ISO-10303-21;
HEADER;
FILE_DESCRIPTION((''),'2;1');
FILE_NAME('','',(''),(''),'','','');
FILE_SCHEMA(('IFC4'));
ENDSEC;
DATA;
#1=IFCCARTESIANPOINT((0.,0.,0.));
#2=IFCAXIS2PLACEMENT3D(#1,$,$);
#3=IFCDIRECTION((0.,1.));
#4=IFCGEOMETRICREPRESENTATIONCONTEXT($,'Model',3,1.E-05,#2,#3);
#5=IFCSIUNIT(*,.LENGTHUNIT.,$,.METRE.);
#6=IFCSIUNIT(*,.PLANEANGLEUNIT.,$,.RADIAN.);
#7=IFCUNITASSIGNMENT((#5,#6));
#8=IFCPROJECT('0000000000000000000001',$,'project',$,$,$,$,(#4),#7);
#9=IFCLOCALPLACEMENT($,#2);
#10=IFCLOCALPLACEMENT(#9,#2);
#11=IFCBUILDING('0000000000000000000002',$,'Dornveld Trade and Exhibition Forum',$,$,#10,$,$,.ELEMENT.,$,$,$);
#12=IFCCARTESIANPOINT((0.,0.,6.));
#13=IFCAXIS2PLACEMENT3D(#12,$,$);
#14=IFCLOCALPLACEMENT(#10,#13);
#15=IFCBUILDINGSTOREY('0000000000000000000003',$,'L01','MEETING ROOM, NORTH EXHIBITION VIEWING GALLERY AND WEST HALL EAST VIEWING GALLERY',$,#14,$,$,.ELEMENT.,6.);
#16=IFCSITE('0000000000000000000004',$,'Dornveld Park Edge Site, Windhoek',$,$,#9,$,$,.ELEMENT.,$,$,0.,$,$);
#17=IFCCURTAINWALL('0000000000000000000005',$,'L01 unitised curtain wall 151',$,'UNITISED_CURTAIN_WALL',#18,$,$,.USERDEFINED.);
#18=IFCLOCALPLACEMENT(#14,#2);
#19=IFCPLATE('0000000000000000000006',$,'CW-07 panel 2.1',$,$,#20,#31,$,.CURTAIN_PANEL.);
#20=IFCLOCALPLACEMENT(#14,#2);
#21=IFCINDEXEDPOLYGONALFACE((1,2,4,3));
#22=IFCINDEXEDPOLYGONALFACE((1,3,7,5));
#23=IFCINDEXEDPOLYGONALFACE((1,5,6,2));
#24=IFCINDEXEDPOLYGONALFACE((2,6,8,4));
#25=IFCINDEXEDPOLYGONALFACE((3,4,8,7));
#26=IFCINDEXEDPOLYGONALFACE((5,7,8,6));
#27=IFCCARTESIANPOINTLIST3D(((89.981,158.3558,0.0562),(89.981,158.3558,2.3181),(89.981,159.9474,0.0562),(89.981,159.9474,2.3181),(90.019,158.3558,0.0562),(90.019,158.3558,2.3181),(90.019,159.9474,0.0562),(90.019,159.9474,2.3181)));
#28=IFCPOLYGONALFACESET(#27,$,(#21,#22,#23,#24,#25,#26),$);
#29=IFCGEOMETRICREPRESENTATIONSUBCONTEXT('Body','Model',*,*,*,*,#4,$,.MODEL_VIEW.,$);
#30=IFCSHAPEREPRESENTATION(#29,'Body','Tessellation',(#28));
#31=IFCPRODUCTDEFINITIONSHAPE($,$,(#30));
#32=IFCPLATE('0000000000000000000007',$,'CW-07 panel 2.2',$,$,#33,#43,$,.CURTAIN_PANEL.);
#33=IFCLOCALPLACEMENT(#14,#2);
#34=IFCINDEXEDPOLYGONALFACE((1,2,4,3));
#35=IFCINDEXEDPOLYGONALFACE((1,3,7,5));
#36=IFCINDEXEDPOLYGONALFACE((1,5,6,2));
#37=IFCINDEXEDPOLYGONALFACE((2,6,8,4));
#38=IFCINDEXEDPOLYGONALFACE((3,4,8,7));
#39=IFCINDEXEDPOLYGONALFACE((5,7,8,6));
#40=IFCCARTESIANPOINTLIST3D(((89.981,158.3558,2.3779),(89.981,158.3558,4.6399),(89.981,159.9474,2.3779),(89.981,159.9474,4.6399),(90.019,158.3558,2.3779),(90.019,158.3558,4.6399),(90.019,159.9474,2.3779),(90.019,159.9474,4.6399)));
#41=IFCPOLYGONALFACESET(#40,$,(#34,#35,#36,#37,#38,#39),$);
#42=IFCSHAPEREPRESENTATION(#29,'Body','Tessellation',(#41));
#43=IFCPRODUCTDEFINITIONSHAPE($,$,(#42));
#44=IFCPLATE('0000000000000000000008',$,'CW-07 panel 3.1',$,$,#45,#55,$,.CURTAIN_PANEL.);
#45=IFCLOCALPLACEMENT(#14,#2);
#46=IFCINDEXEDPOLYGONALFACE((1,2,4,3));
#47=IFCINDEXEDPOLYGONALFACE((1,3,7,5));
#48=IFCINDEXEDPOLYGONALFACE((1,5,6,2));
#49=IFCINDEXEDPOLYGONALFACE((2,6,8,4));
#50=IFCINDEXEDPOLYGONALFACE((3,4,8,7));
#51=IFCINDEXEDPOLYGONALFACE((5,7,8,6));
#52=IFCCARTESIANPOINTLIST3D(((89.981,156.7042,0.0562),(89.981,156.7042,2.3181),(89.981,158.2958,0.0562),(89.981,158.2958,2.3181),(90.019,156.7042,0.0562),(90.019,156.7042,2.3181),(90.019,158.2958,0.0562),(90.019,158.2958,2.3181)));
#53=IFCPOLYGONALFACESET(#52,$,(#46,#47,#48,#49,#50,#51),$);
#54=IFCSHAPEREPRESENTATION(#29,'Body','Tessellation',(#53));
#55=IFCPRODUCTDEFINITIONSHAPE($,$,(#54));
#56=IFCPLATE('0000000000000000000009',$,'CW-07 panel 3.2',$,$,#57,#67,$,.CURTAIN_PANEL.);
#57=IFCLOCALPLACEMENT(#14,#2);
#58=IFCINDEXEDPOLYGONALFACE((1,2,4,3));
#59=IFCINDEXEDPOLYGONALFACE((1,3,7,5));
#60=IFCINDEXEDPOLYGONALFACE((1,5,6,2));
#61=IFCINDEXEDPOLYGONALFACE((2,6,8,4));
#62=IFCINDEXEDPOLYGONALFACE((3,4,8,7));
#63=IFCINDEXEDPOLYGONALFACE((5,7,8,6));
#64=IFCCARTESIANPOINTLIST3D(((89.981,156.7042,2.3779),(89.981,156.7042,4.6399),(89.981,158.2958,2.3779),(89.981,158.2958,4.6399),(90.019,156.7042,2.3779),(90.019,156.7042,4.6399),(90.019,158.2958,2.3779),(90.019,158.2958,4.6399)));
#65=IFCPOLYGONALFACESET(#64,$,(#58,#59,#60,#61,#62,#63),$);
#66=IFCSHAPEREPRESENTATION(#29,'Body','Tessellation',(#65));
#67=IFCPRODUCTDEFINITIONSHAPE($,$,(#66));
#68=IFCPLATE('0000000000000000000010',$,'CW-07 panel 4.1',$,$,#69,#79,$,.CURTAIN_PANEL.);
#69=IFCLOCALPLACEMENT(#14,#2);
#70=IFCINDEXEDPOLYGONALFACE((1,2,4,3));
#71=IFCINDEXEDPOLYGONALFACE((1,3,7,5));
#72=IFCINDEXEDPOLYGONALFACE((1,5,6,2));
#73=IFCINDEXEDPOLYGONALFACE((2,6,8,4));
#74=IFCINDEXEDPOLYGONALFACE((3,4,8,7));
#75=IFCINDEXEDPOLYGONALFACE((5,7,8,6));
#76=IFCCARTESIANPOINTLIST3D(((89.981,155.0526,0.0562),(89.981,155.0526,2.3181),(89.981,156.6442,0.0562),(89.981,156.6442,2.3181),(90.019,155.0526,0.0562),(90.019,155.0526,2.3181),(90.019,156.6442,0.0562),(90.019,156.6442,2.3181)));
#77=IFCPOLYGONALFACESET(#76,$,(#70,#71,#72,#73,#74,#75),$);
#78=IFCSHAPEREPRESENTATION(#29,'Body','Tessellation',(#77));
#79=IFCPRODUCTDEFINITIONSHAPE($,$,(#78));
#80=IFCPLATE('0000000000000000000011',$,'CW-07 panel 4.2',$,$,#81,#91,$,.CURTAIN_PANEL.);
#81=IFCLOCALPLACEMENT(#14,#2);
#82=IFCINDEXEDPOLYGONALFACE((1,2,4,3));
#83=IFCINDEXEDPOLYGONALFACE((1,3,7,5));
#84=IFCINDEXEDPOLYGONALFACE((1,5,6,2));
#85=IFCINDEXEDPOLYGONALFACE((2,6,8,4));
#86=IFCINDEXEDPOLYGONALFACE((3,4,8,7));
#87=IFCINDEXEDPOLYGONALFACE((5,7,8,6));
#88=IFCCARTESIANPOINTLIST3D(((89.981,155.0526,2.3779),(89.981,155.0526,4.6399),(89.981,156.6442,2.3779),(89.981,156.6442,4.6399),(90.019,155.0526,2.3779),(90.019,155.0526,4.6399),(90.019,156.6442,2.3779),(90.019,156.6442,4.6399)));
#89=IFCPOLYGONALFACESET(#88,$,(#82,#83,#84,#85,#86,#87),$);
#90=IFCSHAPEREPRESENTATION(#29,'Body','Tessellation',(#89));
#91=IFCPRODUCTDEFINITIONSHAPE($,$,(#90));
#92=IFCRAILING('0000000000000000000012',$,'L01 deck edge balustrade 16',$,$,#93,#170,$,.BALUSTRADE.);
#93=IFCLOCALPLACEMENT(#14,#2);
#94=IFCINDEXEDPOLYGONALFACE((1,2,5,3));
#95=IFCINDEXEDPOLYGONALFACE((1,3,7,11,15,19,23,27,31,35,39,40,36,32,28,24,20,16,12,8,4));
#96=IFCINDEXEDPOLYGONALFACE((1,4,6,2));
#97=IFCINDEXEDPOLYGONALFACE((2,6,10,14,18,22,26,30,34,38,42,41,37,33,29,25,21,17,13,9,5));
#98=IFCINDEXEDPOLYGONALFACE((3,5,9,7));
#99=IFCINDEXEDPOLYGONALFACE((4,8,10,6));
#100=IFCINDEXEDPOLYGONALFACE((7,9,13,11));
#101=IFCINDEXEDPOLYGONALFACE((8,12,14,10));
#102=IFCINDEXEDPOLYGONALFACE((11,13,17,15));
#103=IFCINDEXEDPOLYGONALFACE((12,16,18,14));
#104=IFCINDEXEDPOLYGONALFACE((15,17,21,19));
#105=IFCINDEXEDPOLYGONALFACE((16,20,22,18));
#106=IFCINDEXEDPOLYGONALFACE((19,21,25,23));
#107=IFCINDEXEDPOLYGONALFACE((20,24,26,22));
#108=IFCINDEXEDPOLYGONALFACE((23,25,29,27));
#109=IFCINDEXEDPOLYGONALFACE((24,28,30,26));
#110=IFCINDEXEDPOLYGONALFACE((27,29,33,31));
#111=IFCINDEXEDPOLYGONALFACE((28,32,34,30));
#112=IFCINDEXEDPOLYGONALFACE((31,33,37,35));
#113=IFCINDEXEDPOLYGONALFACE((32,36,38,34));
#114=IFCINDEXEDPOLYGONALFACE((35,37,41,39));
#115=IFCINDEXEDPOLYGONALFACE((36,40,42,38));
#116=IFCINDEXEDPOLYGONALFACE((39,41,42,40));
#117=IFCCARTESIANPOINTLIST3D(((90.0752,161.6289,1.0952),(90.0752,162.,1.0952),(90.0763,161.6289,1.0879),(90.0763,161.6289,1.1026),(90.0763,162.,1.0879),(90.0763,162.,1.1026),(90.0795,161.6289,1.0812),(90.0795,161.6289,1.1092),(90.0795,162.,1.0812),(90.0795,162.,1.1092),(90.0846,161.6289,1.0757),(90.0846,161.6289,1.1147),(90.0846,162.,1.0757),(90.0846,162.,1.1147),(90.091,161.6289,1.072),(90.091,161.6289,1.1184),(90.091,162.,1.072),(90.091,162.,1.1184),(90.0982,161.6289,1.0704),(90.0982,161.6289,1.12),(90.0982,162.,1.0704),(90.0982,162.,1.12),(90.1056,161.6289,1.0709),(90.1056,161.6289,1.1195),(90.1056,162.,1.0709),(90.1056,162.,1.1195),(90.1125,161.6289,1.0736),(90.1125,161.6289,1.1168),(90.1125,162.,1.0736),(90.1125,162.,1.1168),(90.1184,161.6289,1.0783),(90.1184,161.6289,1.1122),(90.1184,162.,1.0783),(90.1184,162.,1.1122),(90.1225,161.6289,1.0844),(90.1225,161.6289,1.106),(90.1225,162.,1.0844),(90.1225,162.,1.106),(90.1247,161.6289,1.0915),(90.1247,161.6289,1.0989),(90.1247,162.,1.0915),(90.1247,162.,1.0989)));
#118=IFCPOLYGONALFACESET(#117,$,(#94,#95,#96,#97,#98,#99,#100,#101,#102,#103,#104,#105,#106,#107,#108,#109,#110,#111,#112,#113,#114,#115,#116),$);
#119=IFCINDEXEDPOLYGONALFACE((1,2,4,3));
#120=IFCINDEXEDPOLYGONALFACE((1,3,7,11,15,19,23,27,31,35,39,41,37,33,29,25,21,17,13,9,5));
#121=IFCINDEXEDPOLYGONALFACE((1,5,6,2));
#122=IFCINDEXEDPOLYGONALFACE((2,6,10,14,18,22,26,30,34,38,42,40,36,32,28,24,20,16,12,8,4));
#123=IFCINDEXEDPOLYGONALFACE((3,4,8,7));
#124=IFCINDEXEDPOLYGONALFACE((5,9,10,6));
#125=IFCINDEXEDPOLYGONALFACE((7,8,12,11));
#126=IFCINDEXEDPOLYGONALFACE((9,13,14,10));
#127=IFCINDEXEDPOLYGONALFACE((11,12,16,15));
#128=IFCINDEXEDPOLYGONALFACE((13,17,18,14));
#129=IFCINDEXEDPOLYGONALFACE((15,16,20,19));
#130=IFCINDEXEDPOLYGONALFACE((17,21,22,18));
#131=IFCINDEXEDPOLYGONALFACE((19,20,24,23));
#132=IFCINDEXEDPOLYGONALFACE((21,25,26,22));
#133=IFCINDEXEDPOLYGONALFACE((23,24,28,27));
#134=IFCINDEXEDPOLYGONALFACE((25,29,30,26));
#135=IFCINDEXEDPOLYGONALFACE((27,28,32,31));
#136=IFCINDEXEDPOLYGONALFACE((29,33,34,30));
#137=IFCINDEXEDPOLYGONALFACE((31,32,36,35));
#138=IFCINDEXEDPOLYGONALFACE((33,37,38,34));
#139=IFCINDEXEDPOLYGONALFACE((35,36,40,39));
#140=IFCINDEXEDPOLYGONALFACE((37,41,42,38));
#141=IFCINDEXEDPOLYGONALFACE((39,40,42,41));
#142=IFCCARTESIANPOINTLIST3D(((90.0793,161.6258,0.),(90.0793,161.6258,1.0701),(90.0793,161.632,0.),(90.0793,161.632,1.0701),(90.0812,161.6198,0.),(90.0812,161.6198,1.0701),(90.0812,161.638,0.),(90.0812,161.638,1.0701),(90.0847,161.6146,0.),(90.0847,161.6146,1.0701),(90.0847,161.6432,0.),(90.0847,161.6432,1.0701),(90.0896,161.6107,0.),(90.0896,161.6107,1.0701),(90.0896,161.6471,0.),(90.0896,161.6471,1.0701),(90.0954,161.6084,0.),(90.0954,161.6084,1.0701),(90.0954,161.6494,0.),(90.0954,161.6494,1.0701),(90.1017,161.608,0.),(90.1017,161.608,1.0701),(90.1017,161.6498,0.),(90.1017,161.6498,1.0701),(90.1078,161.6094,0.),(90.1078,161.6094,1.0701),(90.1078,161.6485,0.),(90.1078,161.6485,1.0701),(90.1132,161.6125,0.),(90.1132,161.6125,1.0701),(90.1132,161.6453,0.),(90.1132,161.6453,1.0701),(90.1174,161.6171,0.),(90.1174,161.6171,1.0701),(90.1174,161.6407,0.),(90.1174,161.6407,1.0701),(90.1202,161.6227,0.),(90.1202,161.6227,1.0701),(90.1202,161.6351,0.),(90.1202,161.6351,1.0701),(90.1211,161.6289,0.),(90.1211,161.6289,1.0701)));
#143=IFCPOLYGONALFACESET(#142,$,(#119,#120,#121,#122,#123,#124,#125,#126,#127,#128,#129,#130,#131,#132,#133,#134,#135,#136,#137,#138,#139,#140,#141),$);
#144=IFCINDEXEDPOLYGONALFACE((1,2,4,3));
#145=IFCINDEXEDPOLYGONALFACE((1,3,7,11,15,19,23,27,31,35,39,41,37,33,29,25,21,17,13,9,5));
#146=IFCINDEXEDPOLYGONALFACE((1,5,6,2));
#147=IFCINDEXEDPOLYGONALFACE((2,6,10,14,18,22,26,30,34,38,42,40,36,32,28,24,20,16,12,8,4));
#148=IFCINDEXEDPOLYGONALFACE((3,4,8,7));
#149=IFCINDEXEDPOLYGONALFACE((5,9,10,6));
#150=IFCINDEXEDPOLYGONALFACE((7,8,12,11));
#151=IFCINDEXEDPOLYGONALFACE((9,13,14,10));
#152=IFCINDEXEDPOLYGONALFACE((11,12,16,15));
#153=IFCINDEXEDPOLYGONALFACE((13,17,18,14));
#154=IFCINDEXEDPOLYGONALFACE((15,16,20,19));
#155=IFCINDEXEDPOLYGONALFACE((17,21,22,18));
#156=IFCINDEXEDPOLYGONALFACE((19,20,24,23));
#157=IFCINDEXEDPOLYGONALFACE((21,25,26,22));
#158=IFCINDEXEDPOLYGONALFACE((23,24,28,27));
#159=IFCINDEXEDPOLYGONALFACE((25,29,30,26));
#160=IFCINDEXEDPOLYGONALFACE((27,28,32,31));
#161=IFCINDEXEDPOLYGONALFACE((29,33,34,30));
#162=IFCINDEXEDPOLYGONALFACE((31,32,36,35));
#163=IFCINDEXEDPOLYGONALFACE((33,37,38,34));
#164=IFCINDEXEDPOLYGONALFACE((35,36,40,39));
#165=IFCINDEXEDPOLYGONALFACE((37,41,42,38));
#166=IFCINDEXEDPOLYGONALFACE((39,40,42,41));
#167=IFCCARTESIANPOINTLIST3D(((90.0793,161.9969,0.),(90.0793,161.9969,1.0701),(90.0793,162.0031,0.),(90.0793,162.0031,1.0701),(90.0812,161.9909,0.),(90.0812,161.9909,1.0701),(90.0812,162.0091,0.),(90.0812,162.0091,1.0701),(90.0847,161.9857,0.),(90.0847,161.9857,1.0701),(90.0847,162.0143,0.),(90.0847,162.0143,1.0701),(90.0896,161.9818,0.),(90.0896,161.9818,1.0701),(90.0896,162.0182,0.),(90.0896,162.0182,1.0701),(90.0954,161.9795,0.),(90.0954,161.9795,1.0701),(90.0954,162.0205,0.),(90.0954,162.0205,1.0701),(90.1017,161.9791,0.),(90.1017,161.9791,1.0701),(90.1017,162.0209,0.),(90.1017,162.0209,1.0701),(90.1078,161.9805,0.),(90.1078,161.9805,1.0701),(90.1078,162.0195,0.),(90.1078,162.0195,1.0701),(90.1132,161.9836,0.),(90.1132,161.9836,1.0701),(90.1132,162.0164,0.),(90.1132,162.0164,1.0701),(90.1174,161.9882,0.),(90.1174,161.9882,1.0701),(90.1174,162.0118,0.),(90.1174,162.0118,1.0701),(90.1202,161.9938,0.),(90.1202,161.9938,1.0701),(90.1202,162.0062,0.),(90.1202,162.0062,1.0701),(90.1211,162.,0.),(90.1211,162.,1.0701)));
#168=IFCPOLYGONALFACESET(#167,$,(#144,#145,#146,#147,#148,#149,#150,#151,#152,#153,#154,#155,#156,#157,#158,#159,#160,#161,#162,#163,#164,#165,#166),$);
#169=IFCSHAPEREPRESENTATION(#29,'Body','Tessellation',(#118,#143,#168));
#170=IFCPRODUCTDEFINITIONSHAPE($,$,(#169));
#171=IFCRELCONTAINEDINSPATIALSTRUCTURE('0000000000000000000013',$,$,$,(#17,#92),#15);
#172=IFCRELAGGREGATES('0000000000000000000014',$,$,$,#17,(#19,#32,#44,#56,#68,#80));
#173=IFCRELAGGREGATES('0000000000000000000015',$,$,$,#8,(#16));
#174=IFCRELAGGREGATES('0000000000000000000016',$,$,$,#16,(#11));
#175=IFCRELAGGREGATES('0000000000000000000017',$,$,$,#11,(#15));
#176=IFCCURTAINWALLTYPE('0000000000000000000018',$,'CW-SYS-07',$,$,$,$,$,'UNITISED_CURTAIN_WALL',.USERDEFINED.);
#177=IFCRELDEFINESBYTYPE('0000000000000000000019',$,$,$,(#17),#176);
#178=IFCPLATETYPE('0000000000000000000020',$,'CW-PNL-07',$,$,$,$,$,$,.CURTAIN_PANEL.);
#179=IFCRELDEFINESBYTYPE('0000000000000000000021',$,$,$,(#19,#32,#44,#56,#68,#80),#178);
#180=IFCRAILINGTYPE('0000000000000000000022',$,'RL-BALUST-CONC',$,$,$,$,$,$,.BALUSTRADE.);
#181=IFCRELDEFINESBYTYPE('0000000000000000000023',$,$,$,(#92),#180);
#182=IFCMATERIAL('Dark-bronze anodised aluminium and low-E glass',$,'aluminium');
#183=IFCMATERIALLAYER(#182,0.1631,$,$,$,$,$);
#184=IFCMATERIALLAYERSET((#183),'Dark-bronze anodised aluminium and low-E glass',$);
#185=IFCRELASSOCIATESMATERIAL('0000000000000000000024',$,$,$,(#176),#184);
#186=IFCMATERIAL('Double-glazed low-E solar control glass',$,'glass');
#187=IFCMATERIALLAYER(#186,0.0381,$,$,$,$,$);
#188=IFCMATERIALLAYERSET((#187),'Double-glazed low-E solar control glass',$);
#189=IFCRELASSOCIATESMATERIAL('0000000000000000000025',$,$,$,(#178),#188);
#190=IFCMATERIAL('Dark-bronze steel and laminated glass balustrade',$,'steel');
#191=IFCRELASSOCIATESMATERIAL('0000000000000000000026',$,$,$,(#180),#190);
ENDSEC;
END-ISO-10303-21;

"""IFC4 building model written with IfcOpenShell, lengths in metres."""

from ifc_helpers import new_model, si_unit, direction, frame, origin, origin_2d, place, context, subcontext, project, spatial, rectangle, circle, extrude, material, layer, layer_set, type_object, element, aggregate, save


model = new_model("IFC4")

# Units and contexts
model_context = context("Model", 3, precision=1e-05, world=origin(), true_north=direction((0.0, 1.0)))
body_context = subcontext(model_context, "Body", "Model", "MODEL_VIEW")
ifc_project = project(units=[si_unit("LENGTHUNIT", "METRE"), si_unit("PLANEANGLEUNIT", "RADIAN")], contexts=[model_context])

# Site, building, storey
site_placement = place(None, origin())
site = spatial("IfcSite", under=ifc_project, at=site_placement, Name="Dornveld Park Edge Site, Windhoek", CompositionType="ELEMENT", RefElevation=0.0)
building_placement = place(site_placement, origin())
building = spatial("IfcBuilding", under=site, at=building_placement, Name="Dornveld Trade and Exhibition Forum", CompositionType="ELEMENT")
storey_placement = place(building_placement, frame((0.0, 0.0, 6.0)))
storey = spatial("IfcBuildingStorey", under=building, at=storey_placement, Name="L01", Description="MEETING ROOM, NORTH EXHIBITION VIEWING GALLERY AND WEST HALL EAST VIEWING GALLERY", CompositionType="ELEMENT", Elevation=6.0)

# Curtain wall, plates
ifc_material_1 = material(Name="Dark-bronze anodised aluminium and low-E glass", Category="aluminium")
ifc_layer_1 = layer(ifc_material_1, 0.1631)
ifc_layer_set_1 = layer_set([ifc_layer_1], Name="Dark-bronze anodised aluminium and low-E glass")
curtain_wall_type = type_object("IfcCurtainWallType", Name="CW-SYS-07", ElementType="UNITISED_CURTAIN_WALL", PredefinedType="USERDEFINED", material=ifc_layer_set_1)
curtain_wall_placement = place(storey_placement, origin())
curtain_wall = element("IfcCurtainWall", 1, at=curtain_wall_placement, inside=storey, type_object=curtain_wall_type, Name="L01 unitised curtain wall 151", ObjectType="UNITISED_CURTAIN_WALL", PredefinedType="USERDEFINED")
ifc_material_2 = material(Name="Double-glazed low-E solar control glass", Category="glass")
ifc_layer_2 = layer(ifc_material_2, 0.0381)
ifc_layer_set_2 = layer_set([ifc_layer_2], Name="Double-glazed low-E solar control glass")
plate_type = type_object("IfcPlateType", Name="CW-PNL-07", PredefinedType="CURTAIN_PANEL", material=ifc_layer_set_2)
plate_1_placement = place(storey_placement, frame((90.0, 159.1516, 0.0562), z_axis=(0.0, 0.0, 1.0), x_axis=(0.0, -1.0, 0.0)))
plate_1 = element("IfcPlate", 2, at=plate_1_placement, type_object=plate_type, Name="CW-07 panel 2.1", PredefinedType="CURTAIN_PANEL", context=body_context, shape_type="SweptSolid", body=[
    extrude(rectangle(XDim=1.5916, YDim=0.0381, at=origin_2d()), origin(), (0.0, 0.0, 1.0), 2.262),
])
plate_2_placement = place(storey_placement, frame((90.0, 159.1516, 2.3779), z_axis=(0.0, 0.0, 1.0), x_axis=(0.0, -1.0, 0.0)))
plate_2 = element("IfcPlate", 3, at=plate_2_placement, type_object=plate_type, Name="CW-07 panel 2.2", PredefinedType="CURTAIN_PANEL", context=body_context, shape_type="SweptSolid", body=[
    extrude(rectangle(XDim=1.5916, YDim=0.0381, at=origin_2d()), origin(), (0.0, 0.0, 1.0), 2.262),
])
plate_3_placement = place(storey_placement, frame((90.0, 157.5, 0.0562), z_axis=(0.0, 0.0, 1.0), x_axis=(0.0, -1.0, 0.0)))
plate_3 = element("IfcPlate", 4, at=plate_3_placement, type_object=plate_type, Name="CW-07 panel 3.1", PredefinedType="CURTAIN_PANEL", context=body_context, shape_type="SweptSolid", body=[
    extrude(rectangle(XDim=1.5916, YDim=0.0381, at=origin_2d()), origin(), (0.0, 0.0, 1.0), 2.262),
])
plate_4_placement = place(storey_placement, frame((90.0, 157.5, 2.3779), z_axis=(0.0, 0.0, 1.0), x_axis=(0.0, -1.0, 0.0)))
plate_4 = element("IfcPlate", 5, at=plate_4_placement, type_object=plate_type, Name="CW-07 panel 3.2", PredefinedType="CURTAIN_PANEL", context=body_context, shape_type="SweptSolid", body=[
    extrude(rectangle(XDim=1.5916, YDim=0.0381, at=origin_2d()), origin(), (0.0, 0.0, 1.0), 2.262),
])
plate_5_placement = place(storey_placement, frame((90.0, 155.8484, 0.0562), z_axis=(0.0, 0.0, 1.0), x_axis=(0.0, -1.0, 0.0)))
plate_5 = element("IfcPlate", 6, at=plate_5_placement, type_object=plate_type, Name="CW-07 panel 4.1", PredefinedType="CURTAIN_PANEL", context=body_context, shape_type="SweptSolid", body=[
    extrude(rectangle(XDim=1.5916, YDim=0.0381, at=origin_2d()), origin(), (0.0, 0.0, 1.0), 2.262),
])
plate_6_placement = place(storey_placement, frame((90.0, 155.8484, 2.3779), z_axis=(0.0, 0.0, 1.0), x_axis=(0.0, -1.0, 0.0)))
plate_6 = element("IfcPlate", 7, at=plate_6_placement, type_object=plate_type, Name="CW-07 panel 4.2", PredefinedType="CURTAIN_PANEL", context=body_context, shape_type="SweptSolid", body=[
    extrude(rectangle(XDim=1.5916, YDim=0.0381, at=origin_2d()), origin(), (0.0, 0.0, 1.0), 2.262),
])
aggregate(curtain_wall, [plate_1, plate_2, plate_3, plate_4, plate_5, plate_6])

# Railing
ifc_material_3 = material(Name="Dark-bronze steel and laminated glass balustrade", Category="steel")
railing_type = type_object("IfcRailingType", Name="RL-BALUST-CONC", PredefinedType="BALUSTRADE", material=ifc_material_3)
railing_1_placement = place(storey_placement, frame((90.1001, 161.6289, 0.0)))
element("IfcRailing", 8, at=railing_1_placement, inside=storey, type_object=railing_type, Name="L01 deck edge balustrade 16", PredefinedType="BALUSTRADE", context=body_context, shape_type="SweptSolid", body=[
    extrude(circle(Radius=0.0249, at=origin_2d()), frame((0.0, 0.0, 1.0952), z_axis=(0.0, 1.0, 0.0), x_axis=(-1.0, 0.0, 0.0)), (0.0, 0.0, 1.0), 0.3711),
    extrude(circle(Radius=0.021, at=origin_2d()), origin(), (0.0, 0.0, 1.0), 1.0701),
    extrude(circle(Radius=0.021, at=origin_2d()), frame((0.0, 0.3711, 0.0)), (0.0, 0.0, 1.0), 1.0701),
])

save(model, "model.ifc")
